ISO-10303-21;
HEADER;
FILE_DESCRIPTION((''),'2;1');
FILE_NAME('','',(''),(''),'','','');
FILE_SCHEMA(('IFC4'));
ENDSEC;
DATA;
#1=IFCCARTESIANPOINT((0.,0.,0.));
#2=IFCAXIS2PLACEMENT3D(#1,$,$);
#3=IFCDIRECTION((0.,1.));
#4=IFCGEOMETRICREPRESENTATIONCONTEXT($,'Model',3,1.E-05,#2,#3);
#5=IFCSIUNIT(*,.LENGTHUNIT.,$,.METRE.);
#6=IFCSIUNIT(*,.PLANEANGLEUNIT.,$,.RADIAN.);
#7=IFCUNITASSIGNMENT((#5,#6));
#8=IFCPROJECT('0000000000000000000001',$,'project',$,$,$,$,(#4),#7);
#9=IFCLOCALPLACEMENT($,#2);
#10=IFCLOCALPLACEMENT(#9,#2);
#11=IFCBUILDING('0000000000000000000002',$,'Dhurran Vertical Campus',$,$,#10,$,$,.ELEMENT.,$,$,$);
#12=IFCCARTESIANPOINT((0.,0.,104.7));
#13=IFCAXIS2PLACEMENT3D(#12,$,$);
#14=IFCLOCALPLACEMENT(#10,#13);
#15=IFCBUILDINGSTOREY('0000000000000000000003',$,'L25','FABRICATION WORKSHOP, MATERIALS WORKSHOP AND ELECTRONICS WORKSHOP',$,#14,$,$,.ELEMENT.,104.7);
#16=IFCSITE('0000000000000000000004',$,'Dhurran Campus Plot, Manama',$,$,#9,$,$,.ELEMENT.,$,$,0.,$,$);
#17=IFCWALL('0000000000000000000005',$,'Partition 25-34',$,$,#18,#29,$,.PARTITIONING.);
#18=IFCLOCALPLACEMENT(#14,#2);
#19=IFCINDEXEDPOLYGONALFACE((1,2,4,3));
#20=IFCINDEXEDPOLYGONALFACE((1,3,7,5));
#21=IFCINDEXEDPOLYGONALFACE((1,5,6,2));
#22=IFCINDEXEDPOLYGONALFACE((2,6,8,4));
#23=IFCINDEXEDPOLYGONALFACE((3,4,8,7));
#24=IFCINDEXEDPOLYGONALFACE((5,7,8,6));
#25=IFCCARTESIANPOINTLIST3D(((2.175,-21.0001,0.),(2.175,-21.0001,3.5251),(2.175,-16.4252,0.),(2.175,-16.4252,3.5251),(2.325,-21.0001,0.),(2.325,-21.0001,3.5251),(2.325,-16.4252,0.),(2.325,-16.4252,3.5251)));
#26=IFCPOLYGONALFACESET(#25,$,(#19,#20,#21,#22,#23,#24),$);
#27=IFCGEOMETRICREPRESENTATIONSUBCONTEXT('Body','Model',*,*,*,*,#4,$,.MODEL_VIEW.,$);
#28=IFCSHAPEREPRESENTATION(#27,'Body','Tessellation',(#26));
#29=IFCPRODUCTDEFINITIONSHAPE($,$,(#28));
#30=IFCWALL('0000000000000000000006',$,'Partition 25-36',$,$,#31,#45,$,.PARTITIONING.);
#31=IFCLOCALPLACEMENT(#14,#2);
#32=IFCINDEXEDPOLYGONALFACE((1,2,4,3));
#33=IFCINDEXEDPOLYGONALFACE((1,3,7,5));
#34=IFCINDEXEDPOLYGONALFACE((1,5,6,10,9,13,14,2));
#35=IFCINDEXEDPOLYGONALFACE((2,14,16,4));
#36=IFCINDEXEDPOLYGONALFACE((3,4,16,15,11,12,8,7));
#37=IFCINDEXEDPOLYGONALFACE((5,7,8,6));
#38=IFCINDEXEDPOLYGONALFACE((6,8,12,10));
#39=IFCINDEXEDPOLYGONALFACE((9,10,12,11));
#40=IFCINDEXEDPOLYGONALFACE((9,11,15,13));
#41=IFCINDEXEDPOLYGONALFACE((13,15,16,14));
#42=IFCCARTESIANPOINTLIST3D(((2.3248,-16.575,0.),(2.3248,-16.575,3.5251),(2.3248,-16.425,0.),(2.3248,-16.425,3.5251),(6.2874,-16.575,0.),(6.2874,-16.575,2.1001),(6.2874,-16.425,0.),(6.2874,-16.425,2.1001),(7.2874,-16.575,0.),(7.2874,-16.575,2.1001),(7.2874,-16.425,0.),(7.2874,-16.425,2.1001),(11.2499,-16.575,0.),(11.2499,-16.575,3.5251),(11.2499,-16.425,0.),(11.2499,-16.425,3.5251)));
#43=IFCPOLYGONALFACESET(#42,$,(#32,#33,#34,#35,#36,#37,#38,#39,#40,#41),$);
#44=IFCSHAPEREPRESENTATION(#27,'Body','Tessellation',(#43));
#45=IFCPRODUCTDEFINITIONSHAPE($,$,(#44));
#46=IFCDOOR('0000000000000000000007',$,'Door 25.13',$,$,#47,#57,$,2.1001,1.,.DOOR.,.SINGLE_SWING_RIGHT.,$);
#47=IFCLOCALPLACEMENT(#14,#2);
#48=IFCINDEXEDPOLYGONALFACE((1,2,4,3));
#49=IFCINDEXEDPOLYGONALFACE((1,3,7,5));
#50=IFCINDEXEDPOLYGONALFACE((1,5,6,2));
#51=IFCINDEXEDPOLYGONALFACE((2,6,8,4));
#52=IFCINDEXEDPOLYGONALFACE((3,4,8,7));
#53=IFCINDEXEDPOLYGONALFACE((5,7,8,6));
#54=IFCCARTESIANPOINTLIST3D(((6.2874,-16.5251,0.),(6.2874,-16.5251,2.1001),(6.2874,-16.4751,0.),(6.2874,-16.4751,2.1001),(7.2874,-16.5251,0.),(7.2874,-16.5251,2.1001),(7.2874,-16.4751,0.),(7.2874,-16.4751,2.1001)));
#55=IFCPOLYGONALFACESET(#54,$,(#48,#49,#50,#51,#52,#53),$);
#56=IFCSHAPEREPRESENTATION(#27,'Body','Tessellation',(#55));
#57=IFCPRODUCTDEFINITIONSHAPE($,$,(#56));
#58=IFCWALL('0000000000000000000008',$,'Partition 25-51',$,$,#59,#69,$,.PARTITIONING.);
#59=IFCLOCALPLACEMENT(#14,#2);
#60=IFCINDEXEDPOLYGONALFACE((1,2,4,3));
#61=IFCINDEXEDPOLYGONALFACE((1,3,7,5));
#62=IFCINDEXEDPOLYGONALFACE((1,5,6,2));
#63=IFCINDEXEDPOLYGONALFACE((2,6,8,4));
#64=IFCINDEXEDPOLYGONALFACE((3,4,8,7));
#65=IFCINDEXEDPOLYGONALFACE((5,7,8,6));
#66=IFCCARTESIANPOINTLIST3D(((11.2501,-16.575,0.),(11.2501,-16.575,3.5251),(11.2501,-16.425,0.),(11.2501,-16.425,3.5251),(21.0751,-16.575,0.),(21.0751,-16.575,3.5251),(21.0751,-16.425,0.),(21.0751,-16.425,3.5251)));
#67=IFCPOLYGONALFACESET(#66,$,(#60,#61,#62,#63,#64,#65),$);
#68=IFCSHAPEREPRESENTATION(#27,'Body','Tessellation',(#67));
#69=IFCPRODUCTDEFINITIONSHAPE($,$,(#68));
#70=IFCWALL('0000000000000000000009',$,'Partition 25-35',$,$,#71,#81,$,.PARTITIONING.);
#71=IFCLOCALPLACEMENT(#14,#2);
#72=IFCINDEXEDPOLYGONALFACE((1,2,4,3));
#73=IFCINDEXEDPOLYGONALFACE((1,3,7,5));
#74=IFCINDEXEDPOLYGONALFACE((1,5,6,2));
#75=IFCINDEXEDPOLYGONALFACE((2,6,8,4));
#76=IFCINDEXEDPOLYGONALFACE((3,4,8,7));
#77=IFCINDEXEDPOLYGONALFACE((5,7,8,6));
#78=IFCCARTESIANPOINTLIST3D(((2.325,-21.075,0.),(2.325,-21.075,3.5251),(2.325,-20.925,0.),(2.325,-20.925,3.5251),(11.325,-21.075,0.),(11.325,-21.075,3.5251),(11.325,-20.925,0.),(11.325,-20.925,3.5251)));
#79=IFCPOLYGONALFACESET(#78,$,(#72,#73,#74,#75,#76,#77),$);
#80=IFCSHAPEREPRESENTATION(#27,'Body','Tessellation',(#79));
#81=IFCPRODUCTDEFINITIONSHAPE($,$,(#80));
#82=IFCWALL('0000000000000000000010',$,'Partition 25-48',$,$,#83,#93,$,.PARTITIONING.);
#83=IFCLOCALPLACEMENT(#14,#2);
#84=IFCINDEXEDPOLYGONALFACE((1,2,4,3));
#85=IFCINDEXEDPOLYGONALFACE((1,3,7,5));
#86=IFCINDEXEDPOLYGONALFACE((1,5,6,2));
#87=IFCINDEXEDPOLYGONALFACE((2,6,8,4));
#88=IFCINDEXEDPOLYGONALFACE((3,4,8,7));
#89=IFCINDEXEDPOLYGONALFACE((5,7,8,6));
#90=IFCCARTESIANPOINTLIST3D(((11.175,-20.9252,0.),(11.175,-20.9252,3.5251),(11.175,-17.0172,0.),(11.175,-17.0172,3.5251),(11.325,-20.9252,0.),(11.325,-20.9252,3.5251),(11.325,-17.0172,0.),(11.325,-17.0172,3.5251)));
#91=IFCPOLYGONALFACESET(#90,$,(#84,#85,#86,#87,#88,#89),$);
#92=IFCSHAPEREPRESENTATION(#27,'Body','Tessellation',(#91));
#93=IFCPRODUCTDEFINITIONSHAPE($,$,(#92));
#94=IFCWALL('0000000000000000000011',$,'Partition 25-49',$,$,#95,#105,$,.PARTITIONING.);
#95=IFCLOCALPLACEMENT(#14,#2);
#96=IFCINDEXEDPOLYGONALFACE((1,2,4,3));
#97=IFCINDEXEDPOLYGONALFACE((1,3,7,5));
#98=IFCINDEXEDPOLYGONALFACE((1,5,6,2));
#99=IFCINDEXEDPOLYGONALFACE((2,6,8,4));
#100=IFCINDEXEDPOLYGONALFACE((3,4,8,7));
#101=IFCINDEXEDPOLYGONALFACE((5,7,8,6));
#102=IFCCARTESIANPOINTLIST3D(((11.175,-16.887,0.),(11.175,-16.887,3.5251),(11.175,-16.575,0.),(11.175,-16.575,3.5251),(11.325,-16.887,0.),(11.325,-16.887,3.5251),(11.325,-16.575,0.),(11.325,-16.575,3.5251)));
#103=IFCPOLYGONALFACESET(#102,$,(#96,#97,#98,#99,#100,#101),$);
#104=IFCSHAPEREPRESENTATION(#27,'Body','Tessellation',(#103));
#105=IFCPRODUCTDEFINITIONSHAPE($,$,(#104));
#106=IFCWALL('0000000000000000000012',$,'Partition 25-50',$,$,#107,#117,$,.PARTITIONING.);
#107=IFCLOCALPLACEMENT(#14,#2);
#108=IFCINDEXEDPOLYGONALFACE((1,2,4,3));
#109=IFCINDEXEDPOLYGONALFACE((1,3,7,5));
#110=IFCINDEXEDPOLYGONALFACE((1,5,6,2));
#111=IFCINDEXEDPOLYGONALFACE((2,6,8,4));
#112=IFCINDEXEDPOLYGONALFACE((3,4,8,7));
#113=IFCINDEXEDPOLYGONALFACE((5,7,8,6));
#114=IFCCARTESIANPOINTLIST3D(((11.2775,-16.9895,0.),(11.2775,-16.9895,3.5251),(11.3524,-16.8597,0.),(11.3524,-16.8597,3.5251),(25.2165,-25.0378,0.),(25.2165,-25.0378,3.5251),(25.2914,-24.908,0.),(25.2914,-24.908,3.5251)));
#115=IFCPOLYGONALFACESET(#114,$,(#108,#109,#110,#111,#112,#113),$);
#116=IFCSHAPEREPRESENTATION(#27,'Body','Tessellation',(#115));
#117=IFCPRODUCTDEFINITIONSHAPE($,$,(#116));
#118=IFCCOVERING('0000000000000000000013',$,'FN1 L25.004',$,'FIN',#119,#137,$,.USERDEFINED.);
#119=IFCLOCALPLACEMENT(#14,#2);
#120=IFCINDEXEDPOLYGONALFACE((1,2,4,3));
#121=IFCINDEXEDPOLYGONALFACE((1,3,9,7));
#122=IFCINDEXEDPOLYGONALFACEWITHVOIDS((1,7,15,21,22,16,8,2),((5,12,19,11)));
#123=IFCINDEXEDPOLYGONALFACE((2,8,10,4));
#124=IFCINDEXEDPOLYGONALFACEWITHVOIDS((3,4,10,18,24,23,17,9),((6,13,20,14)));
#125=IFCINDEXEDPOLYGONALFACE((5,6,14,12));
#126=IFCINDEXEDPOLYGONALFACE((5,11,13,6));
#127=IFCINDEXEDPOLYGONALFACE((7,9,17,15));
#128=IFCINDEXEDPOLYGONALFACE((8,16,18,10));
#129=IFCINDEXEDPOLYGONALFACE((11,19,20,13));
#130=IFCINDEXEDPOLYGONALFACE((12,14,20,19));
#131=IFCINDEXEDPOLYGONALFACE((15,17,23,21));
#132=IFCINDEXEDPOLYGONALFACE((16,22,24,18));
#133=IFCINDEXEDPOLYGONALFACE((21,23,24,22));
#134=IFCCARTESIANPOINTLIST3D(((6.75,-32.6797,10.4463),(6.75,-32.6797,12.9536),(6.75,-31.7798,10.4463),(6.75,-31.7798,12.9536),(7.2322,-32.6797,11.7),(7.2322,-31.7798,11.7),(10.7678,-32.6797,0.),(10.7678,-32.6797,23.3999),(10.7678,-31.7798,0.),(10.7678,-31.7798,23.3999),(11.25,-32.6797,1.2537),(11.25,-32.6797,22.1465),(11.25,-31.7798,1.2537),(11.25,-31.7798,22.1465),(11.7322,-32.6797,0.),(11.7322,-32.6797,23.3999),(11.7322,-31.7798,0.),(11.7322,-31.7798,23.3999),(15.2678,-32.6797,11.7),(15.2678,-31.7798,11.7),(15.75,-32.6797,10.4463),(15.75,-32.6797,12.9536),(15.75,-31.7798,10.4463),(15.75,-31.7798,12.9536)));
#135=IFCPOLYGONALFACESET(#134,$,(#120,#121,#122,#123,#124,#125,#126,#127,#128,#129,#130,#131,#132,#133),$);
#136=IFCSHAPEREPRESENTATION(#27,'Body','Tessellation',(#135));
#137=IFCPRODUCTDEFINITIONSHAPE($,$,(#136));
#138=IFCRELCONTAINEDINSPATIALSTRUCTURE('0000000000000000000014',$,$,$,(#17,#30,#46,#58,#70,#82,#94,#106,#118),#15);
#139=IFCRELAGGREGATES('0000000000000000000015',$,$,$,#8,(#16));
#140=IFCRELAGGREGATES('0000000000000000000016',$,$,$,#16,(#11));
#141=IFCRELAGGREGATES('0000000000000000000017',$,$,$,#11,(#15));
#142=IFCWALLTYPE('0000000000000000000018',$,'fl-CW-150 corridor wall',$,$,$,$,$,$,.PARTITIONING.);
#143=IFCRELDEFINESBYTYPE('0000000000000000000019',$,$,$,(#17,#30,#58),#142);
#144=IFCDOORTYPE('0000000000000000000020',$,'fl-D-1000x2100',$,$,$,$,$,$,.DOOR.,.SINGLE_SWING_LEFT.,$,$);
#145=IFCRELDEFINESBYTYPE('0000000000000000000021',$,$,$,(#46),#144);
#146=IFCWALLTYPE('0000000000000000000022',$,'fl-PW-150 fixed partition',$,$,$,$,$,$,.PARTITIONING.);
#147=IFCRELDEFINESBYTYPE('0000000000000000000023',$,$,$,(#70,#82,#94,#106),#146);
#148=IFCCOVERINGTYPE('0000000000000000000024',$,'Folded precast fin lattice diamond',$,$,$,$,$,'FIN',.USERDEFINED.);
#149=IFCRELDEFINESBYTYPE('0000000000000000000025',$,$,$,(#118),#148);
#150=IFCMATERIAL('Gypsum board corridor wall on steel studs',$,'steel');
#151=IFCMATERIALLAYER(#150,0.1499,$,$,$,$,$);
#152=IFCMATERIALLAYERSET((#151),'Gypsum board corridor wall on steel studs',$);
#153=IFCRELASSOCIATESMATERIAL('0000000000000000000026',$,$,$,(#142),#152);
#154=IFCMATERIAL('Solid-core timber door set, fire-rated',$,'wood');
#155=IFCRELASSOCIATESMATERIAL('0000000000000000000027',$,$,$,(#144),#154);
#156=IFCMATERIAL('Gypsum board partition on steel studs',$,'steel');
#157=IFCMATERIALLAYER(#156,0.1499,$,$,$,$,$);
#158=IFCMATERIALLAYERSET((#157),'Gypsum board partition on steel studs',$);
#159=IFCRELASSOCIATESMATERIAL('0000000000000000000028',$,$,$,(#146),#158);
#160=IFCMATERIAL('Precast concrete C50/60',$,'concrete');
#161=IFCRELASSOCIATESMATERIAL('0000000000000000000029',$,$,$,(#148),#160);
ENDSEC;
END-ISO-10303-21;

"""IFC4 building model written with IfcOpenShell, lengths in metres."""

from ifc_helpers import new_model, si_unit, direction, frame, frame_2d, origin, place, context, subcontext, project, spatial, polyline, rectangle, outline, extrude, material, layer, layer_set, type_object, element, fill, save


model = new_model("IFC4")

# Units and contexts
model_context = context("Model", 3, precision=1e-05, world=origin(), true_north=direction((0.0, 1.0)))
body_context = subcontext(model_context, "Body", "Model", "MODEL_VIEW")
ifc_project = project(units=[si_unit("LENGTHUNIT", "METRE"), si_unit("PLANEANGLEUNIT", "RADIAN")], contexts=[model_context])

# Site, building, storey
site_placement = place(None, origin())
site = spatial("IfcSite", under=ifc_project, at=site_placement, Name="Dhurran Campus Plot, Manama", CompositionType="ELEMENT", RefElevation=0.0)
building_placement = place(site_placement, origin())
building = spatial("IfcBuilding", under=site, at=building_placement, Name="Dhurran Vertical Campus", CompositionType="ELEMENT")
storey_placement = place(building_placement, frame((0.0, 0.0, 104.7)))
storey = spatial("IfcBuildingStorey", under=building, at=storey_placement, Name="L25", Description="FABRICATION WORKSHOP, MATERIALS WORKSHOP AND ELECTRONICS WORKSHOP", CompositionType="ELEMENT", Elevation=104.7)

# Shared definitions
ifc_material_1 = material(Name="Gypsum board corridor wall on steel studs", Category="steel")
ifc_layer_1 = layer(ifc_material_1, 0.1499)
ifc_layer_set_1 = layer_set([ifc_layer_1], Name="Gypsum board corridor wall on steel studs")
wall_type_1 = type_object("IfcWallType", Name="fl-CW-150 corridor wall", PredefinedType="PARTITIONING", material=ifc_layer_set_1)
ifc_material_2 = material(Name="Solid-core timber door set, fire-rated", Category="wood")
door_type_1 = type_object("IfcDoorType", Name="fl-D-1000x2100", OperationType="SINGLE_SWING_LEFT", PredefinedType="DOOR", material=ifc_material_2)

# Wall
wall_1_placement = place(storey_placement, frame((2.25, -16.425, 0.0), z_axis=(0.0, 0.0, 1.0), x_axis=(0.0, -1.0, 0.0)))
element("IfcWall", 1, at=wall_1_placement, inside=storey, type_object=wall_type_1, Name="Partition 25-34", PredefinedType="PARTITIONING", context=body_context, shape_type="SweptSolid", body=[
    extrude(rectangle(XDim=4.575, YDim=0.1499, at=frame_2d((2.2876, 0.0))), origin(), (0.0, 0.0, 1.0), 3.5251),
])

# Wall, opening, door
wall_2_placement = place(storey_placement, frame((2.325, -16.5, 0.0), z_axis=(0.0, 0.0, 1.0), x_axis=(1.0, 0.0, 0.0)))
wall_2 = element("IfcWall", 2, at=wall_2_placement, inside=storey, type_object=wall_type_1, Name="Partition 25-36", PredefinedType="PARTITIONING", context=body_context, shape_type="SweptSolid", body=[
    extrude(rectangle(XDim=8.925, YDim=0.1499, at=frame_2d((4.4624, 0.0))), origin(), (0.0, 0.0, 1.0), 3.5251),
])
opening_1_placement = place(wall_2_placement, frame((3.9624, 0.0, 0.0)))
opening_1 = element("IfcOpeningElement", 3, at=opening_1_placement, cuts=wall_2, PredefinedType="OPENING", context=body_context, shape_type="SweptSolid", body=[
    extrude(rectangle(XDim=1.0, YDim=2.1001, at=frame_2d((0.5, 1.05))), frame((0.0, 0.085, 0.0), z_axis=(0.0, -1.0, 0.0), x_axis=(1.0, 0.0, 0.0)), (0.0, 0.0, 1.0), 0.1699),
])
door_1_placement = place(opening_1_placement, origin())
door_1 = element("IfcDoor", 4, at=door_1_placement, inside=storey, type_object=door_type_1, Name="Door 25.13", OperationType="SINGLE_SWING_RIGHT", OverallHeight=2.1001, OverallWidth=1.0, PredefinedType="DOOR", context=body_context, shape_type="SweptSolid", body=[
    extrude(rectangle(XDim=1.0, YDim=2.1001, at=frame_2d((0.5, 1.05))), frame((0.0, 0.0249, 0.0), z_axis=(0.0, -1.0, 0.0), x_axis=(1.0, 0.0, 0.0)), (0.0, 0.0, 1.0), 0.05),
])
fill(opening_1, door_1)

# Walls
wall_3_placement = place(storey_placement, frame((11.25, -16.5, 0.0), z_axis=(0.0, 0.0, 1.0), x_axis=(1.0, 0.0, 0.0)))
element("IfcWall", 5, at=wall_3_placement, inside=storey, type_object=wall_type_1, Name="Partition 25-51", PredefinedType="PARTITIONING", context=body_context, shape_type="SweptSolid", body=[
    extrude(rectangle(XDim=9.825, YDim=0.1499, at=frame_2d((4.9126, 0.0))), origin(), (0.0, 0.0, 1.0), 3.5251),
])
ifc_material_3 = material(Name="Gypsum board partition on steel studs", Category="steel")
ifc_layer_2 = layer(ifc_material_3, 0.1499)
ifc_layer_set_2 = layer_set([ifc_layer_2], Name="Gypsum board partition on steel studs")
wall_type_2 = type_object("IfcWallType", Name="fl-PW-150 fixed partition", PredefinedType="PARTITIONING", material=ifc_layer_set_2)
wall_4_placement = place(storey_placement, frame((11.325, -21.0, 0.0), z_axis=(0.0, 0.0, 1.0), x_axis=(-1.0, 0.0, 0.0)))
element("IfcWall", 6, at=wall_4_placement, inside=storey, type_object=wall_type_2, Name="Partition 25-35", PredefinedType="PARTITIONING", context=body_context, shape_type="SweptSolid", body=[
    extrude(rectangle(XDim=9.0, YDim=0.1499, at=frame_2d((4.5, 0.0))), origin(), (0.0, 0.0, 1.0), 3.5251),
])
wall_5_placement = place(storey_placement, frame((11.25, -17.0171, 0.0), z_axis=(0.0, 0.0, 1.0), x_axis=(0.0, -1.0, 0.0)))
element("IfcWall", 7, at=wall_5_placement, inside=storey, type_object=wall_type_2, Name="Partition 25-48", PredefinedType="PARTITIONING", context=body_context, shape_type="SweptSolid", body=[
    extrude(rectangle(XDim=3.908, YDim=0.1499, at=frame_2d((1.9541, 0.0))), origin(), (0.0, 0.0, 1.0), 3.5251),
])
wall_6_placement = place(storey_placement, frame((11.25, -16.575, 0.0), z_axis=(0.0, 0.0, 1.0), x_axis=(0.0, -1.0, 0.0)))
element("IfcWall", 8, at=wall_6_placement, inside=storey, type_object=wall_type_2, Name="Partition 25-49", PredefinedType="PARTITIONING", context=body_context, shape_type="SweptSolid", body=[
    extrude(rectangle(XDim=0.312, YDim=0.1499, at=frame_2d((0.156, 0.0))), origin(), (0.0, 0.0, 1.0), 3.5251),
])
wall_7_placement = place(storey_placement, frame((11.3149, -16.9246, 0.0), z_axis=(0.0, 0.0, 1.0), x_axis=(0.866007, -0.500031, 0.0)))
element("IfcWall", 9, at=wall_7_placement, inside=storey, type_object=wall_type_2, Name="Partition 25-50", PredefinedType="PARTITIONING", context=body_context, shape_type="SweptSolid", body=[
    extrude(rectangle(XDim=16.0957, YDim=0.1499, at=frame_2d((8.0479, 0.0))), origin(), (0.0, 0.0, 1.0), 3.5251),
])

# Covering
ifc_material_4 = material(Name="Precast concrete C50/60", Category="concrete")
covering_type = type_object("IfcCoveringType", Name="Folded precast fin lattice diamond", ElementType="FIN", PredefinedType="USERDEFINED", material=ifc_material_4)
covering_placement = place(storey_placement, frame((6.75, -31.7798, 0.0), z_axis=(0.0, -1.0, 0.0), x_axis=(1.0, 0.0, 0.0)))
element("IfcCovering", 10, at=covering_placement, inside=storey, type_object=covering_type, Name="FN1 L25.004", ObjectType="FIN", PredefinedType="USERDEFINED", context=body_context, shape_type="SweptSolid", body=[
    extrude(outline(polyline([(9.0, 12.9536), (9.0, 10.4463), (4.9822, 0.0), (4.0178, 0.0), (0.0, 10.4463), (0.0, 12.9536), (4.0178, 23.3999), (4.9822, 23.3999), (9.0, 12.9536)]), holes=[polyline([(8.5178, 11.7), (4.5, 22.1465), (0.4822, 11.7), (4.5, 1.2537), (8.5178, 11.7)])]), origin(), (0.0, 0.0, 1.0), 0.8999),
])

save(model, "model.ifc")
